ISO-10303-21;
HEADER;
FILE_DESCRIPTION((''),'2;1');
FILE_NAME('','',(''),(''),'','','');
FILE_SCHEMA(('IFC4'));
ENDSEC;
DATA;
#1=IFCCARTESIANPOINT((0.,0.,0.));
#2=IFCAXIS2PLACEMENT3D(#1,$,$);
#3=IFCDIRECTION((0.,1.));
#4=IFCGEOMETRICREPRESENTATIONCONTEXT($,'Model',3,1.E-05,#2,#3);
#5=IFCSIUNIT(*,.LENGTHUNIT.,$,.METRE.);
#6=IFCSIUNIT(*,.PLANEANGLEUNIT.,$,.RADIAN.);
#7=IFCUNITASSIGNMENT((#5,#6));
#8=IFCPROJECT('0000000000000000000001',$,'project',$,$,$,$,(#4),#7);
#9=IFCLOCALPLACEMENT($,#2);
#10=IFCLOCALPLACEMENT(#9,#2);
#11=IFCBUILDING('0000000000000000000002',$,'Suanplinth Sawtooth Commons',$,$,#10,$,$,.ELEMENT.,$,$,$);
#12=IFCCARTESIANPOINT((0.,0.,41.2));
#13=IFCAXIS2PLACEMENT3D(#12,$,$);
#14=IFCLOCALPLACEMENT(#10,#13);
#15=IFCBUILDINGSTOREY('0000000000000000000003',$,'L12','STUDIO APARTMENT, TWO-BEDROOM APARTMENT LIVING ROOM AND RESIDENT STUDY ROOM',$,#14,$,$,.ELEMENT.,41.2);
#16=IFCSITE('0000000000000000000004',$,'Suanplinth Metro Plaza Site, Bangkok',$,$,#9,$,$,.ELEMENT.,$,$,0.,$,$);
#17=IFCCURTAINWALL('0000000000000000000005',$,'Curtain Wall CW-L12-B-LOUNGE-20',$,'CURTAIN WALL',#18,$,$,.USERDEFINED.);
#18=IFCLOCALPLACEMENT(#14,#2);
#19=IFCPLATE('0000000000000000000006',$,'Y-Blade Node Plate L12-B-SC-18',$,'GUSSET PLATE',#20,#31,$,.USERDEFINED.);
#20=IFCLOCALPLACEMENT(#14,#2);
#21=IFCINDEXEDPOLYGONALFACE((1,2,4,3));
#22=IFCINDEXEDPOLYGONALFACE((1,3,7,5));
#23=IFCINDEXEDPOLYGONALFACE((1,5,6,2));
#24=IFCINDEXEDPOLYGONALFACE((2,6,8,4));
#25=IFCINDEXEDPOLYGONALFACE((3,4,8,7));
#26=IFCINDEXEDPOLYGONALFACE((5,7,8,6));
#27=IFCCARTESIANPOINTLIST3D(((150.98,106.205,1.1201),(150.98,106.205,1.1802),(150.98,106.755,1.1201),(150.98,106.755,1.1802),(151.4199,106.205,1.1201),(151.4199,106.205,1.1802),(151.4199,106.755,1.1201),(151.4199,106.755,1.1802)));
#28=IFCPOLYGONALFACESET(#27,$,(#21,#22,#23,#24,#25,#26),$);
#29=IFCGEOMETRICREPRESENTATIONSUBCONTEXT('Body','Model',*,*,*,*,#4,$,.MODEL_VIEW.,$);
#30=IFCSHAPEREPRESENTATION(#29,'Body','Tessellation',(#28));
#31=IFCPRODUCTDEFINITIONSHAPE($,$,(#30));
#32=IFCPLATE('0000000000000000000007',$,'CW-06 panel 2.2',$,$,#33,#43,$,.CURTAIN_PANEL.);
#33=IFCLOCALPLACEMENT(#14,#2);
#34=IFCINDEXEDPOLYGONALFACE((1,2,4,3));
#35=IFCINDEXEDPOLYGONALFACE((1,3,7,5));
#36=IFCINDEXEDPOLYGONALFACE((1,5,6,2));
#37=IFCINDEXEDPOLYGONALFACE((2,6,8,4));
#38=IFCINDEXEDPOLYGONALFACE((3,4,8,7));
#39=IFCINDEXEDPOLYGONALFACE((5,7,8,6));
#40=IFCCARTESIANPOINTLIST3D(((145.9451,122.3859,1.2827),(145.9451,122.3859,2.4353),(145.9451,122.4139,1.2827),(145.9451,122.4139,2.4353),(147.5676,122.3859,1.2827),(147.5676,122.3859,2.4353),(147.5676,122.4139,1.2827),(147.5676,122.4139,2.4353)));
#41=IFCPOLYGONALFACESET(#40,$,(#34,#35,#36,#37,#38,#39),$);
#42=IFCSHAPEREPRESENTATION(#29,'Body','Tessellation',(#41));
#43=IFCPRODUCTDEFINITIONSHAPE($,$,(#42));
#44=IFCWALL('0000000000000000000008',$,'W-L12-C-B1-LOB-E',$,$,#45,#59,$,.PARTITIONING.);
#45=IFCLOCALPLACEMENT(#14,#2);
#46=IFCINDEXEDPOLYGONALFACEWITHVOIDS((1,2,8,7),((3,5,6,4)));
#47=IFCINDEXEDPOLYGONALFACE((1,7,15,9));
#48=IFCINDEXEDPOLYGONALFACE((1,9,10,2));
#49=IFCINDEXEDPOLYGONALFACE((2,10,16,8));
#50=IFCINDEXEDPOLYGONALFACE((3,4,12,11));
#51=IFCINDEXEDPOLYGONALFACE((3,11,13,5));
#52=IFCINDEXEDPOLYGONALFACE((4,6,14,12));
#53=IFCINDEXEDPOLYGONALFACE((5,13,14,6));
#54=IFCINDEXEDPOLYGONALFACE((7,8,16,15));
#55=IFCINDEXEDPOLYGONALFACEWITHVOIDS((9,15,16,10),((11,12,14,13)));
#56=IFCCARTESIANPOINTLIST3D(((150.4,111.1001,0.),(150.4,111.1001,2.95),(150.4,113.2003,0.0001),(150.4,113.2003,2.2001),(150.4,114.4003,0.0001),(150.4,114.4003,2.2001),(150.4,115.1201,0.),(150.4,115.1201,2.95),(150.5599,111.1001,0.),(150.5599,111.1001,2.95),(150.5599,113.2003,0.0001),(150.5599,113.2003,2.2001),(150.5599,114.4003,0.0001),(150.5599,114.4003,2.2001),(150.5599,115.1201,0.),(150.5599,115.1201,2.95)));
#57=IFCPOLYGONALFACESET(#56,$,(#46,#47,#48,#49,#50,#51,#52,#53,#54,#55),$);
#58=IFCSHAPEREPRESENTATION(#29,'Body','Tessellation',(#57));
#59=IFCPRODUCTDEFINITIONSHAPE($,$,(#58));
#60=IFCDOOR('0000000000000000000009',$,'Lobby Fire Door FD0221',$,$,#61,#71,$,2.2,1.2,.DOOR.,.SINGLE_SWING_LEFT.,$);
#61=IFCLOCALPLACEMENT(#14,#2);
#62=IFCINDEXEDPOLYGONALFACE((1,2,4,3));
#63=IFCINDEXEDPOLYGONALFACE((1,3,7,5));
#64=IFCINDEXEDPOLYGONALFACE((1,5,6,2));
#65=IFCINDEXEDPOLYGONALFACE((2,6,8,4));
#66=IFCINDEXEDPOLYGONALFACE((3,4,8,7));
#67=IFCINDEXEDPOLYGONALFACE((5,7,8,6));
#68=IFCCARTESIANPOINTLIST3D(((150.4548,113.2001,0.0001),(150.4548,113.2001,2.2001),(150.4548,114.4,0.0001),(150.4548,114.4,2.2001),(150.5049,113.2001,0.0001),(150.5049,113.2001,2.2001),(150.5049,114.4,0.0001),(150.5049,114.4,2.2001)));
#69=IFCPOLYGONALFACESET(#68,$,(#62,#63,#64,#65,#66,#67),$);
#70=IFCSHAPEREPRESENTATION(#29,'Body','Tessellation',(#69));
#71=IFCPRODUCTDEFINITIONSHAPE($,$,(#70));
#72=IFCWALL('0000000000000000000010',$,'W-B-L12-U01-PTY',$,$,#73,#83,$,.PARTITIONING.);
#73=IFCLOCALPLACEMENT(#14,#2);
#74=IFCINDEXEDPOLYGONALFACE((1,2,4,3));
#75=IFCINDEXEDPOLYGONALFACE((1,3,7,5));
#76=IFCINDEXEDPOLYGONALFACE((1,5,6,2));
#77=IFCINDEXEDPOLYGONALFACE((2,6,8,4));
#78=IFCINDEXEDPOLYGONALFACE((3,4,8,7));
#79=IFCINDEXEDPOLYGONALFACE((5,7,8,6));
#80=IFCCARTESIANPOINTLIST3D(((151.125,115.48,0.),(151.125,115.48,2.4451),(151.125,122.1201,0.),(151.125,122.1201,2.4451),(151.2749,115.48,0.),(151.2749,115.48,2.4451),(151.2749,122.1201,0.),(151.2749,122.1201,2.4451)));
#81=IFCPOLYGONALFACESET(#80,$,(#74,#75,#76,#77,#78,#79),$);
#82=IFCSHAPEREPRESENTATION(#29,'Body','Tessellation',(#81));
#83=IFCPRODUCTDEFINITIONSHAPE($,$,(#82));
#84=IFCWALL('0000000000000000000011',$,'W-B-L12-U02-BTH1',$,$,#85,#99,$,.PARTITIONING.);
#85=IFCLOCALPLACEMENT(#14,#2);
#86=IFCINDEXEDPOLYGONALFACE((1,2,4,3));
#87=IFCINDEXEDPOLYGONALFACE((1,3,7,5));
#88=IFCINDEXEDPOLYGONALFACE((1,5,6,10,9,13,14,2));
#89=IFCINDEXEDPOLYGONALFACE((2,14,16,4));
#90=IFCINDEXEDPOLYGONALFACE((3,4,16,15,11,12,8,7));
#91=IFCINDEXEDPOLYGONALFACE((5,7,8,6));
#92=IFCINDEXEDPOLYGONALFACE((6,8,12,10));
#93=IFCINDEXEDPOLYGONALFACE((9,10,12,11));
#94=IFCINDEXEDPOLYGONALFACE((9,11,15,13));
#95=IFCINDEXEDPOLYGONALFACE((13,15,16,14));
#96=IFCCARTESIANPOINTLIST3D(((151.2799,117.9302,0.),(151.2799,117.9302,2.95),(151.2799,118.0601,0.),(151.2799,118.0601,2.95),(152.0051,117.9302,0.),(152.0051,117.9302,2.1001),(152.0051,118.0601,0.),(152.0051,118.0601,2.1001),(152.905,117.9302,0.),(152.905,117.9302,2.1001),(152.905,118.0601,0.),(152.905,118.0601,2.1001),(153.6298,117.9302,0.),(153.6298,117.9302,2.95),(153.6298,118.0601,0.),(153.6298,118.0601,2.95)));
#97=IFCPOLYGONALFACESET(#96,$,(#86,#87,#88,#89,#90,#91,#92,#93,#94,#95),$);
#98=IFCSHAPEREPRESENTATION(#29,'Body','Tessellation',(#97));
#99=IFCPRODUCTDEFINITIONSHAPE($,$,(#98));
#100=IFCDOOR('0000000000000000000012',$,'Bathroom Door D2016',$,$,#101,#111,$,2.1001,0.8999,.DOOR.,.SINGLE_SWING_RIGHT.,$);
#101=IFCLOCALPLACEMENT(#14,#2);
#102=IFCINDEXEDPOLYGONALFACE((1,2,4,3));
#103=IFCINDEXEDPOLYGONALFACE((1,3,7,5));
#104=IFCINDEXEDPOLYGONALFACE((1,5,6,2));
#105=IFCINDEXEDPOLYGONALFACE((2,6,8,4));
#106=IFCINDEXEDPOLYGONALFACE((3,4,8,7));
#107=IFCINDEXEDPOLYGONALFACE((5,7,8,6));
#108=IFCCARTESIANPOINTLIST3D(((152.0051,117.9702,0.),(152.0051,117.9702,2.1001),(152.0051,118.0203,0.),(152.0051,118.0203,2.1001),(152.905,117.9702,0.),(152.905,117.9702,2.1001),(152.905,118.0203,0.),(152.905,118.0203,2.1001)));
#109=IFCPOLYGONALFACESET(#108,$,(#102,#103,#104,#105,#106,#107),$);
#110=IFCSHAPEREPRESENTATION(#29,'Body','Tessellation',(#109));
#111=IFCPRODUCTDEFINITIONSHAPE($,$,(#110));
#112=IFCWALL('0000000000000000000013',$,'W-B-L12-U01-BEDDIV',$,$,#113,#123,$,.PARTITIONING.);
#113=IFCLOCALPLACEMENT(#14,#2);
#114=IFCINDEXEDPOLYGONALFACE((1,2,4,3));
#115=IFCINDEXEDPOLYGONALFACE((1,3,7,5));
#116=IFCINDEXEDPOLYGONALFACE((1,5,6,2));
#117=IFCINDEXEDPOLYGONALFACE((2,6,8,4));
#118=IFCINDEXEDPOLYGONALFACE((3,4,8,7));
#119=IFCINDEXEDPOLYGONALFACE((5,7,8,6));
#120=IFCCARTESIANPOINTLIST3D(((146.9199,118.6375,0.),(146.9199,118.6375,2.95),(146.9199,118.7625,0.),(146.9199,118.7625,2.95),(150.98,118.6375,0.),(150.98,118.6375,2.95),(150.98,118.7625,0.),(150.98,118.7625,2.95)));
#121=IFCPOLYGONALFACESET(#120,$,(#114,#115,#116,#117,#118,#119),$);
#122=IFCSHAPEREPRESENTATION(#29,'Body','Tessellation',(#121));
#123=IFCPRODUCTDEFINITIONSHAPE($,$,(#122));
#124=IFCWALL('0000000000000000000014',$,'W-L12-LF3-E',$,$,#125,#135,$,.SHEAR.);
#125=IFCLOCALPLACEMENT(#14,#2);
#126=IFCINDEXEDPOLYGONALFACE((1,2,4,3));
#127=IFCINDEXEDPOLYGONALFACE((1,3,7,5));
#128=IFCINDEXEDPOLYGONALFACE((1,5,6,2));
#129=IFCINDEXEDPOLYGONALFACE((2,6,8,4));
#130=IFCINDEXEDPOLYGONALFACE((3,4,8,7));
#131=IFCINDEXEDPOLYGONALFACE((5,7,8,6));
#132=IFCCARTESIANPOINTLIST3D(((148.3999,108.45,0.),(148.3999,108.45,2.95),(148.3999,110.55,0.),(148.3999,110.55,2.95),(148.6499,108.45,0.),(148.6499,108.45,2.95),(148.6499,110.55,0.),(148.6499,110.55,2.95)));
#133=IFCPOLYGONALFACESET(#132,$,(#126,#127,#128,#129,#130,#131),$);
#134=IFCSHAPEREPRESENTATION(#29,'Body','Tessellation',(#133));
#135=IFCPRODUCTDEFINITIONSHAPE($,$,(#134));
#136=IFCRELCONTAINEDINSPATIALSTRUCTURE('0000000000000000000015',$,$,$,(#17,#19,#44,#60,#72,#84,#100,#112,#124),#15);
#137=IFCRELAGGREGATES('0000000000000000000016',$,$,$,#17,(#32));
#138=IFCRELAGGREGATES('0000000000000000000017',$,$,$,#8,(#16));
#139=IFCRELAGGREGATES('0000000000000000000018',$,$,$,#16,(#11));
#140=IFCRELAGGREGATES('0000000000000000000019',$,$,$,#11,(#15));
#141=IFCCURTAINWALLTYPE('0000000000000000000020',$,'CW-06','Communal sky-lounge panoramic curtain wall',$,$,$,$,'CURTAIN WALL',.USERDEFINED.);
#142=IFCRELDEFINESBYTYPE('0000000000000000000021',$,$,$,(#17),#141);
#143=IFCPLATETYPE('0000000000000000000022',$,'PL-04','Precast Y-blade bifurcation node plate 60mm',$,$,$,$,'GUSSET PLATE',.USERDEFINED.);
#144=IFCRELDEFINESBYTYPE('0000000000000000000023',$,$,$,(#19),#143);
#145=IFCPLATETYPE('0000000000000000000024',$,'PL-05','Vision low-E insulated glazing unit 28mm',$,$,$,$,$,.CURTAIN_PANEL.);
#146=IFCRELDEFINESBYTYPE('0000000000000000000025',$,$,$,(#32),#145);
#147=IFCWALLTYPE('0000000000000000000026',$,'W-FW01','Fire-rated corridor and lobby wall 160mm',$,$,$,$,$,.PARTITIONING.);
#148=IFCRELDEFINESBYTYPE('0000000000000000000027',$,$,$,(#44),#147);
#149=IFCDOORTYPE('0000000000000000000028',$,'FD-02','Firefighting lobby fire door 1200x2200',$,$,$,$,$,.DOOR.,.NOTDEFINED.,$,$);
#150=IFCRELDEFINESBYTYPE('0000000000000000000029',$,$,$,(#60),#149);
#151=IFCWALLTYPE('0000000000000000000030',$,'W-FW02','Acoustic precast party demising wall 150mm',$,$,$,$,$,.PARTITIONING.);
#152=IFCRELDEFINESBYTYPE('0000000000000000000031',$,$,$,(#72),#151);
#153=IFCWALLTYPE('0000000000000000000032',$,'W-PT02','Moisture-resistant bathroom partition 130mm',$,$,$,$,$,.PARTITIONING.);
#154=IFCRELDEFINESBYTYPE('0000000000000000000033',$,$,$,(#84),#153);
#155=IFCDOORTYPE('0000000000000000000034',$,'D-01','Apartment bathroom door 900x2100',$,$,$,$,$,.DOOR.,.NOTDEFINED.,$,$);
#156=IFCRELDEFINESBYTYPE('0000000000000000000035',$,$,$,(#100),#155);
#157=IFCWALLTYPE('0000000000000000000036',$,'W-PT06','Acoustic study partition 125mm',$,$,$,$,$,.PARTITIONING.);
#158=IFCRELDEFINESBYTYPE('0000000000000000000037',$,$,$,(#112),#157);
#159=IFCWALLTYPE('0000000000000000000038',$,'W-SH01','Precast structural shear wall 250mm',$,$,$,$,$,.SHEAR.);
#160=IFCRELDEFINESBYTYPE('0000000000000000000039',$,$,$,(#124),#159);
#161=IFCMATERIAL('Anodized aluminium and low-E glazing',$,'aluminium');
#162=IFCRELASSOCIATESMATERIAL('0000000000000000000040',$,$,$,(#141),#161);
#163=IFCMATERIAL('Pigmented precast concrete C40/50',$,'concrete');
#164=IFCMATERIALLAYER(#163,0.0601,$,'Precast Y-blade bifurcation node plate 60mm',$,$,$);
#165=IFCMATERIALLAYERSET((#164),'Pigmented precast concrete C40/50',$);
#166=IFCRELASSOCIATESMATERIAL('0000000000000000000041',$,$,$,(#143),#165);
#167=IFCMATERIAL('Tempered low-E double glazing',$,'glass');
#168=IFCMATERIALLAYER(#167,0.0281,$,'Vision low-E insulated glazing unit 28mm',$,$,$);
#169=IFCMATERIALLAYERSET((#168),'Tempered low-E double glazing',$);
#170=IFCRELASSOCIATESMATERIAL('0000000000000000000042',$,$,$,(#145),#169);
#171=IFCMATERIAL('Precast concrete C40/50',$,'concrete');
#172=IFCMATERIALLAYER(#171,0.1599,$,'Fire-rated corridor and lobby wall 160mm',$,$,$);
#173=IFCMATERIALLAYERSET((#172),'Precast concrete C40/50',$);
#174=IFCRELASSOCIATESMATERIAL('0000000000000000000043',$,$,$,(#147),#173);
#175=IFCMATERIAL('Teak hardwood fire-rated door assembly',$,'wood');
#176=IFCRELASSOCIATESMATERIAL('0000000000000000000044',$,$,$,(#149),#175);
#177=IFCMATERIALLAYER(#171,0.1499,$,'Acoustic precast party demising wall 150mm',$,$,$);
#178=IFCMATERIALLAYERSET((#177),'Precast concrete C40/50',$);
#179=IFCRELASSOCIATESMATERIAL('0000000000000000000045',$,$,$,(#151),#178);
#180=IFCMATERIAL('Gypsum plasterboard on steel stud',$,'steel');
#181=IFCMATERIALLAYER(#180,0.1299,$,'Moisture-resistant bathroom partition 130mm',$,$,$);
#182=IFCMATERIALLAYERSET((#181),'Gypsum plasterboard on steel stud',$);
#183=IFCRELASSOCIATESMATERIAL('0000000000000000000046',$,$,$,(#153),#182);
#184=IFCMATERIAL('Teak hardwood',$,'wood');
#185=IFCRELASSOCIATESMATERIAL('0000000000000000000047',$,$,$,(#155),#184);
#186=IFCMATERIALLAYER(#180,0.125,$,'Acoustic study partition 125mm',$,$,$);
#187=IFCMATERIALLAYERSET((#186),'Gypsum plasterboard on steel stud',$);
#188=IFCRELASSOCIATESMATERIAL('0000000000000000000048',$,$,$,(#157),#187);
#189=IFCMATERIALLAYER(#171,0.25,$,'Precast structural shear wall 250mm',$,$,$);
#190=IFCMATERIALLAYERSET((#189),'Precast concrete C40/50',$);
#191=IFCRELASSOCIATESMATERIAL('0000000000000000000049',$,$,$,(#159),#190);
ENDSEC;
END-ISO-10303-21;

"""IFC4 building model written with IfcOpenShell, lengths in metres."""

from ifc_helpers import new_model, si_unit, direction, frame, frame_2d, origin, origin_2d, place, context, subcontext, project, spatial, rectangle, extrude, material, layer, layer_set, type_object, element, fill, aggregate, save


model = new_model("IFC4")

# Units and contexts
model_context = context("Model", 3, precision=1e-05, world=origin(), true_north=direction((0.0, 1.0)))
body_context = subcontext(model_context, "Body", "Model", "MODEL_VIEW")
ifc_project = project(units=[si_unit("LENGTHUNIT", "METRE"), si_unit("PLANEANGLEUNIT", "RADIAN")], contexts=[model_context])

# Site, building, storey
site_placement = place(None, origin())
site = spatial("IfcSite", under=ifc_project, at=site_placement, Name="Suanplinth Metro Plaza Site, Bangkok", CompositionType="ELEMENT", RefElevation=0.0)
building_placement = place(site_placement, origin())
building = spatial("IfcBuilding", under=site, at=building_placement, Name="Suanplinth Sawtooth Commons", CompositionType="ELEMENT")
storey_placement = place(building_placement, frame((0.0, 0.0, 41.2)))
storey = spatial("IfcBuildingStorey", under=building, at=storey_placement, Name="L12", Description="STUDIO APARTMENT, TWO-BEDROOM APARTMENT LIVING ROOM AND RESIDENT STUDY ROOM", CompositionType="ELEMENT", Elevation=41.2)

# Shared definitions
ifc_material_1 = material(Name="Precast concrete C40/50", Category="concrete")

# Shared definitions
ifc_material_2 = material(Name="Pigmented precast concrete C40/50", Category="concrete")

# Curtain wall
ifc_material_3 = material(Name="Anodized aluminium and low-E glazing", Category="aluminium")
curtain_wall_type = type_object("IfcCurtainWallType", Name="CW-06", Description="Communal sky-lounge panoramic curtain wall", ElementType="CURTAIN WALL", PredefinedType="USERDEFINED", material=ifc_material_3)
curtain_wall_placement = place(storey_placement, origin())
curtain_wall = element("IfcCurtainWall", 1, at=curtain_wall_placement, inside=storey, type_object=curtain_wall_type, Name="Curtain Wall CW-L12-B-LOUNGE-20", ObjectType="CURTAIN WALL", PredefinedType="USERDEFINED")

# Plate
ifc_layer_1 = layer(ifc_material_2, 0.0601, Name="Precast Y-blade bifurcation node plate 60mm")
ifc_layer_set_1 = layer_set([ifc_layer_1], Name="Pigmented precast concrete C40/50")
plate_type_1 = type_object("IfcPlateType", Name="PL-04", Description="Precast Y-blade bifurcation node plate 60mm", ElementType="GUSSET PLATE", PredefinedType="USERDEFINED", material=ifc_layer_set_1)
for number, where, z_axis, x_axis, name in (
    (2, (151.2, 106.48, 1.1201), (0.0, 0.0, 1.0), (1.0, 0.0, 0.0), "Y-Blade Node Plate L12-B-SC-18"),
):
    element("IfcPlate", number, at=place(storey_placement, frame(where, z_axis=z_axis, x_axis=x_axis)), inside=storey, type_object=plate_type_1, Name=name, ObjectType="GUSSET PLATE", PredefinedType="USERDEFINED", context=body_context, shape_type="SweptSolid", body=[
        extrude(rectangle(XDim=0.4399, YDim=0.55, at=origin_2d()), origin(), (0.0, 0.0, 1.0), 0.0601),
    ])

# Plate
ifc_material_4 = material(Name="Tempered low-E double glazing", Category="glass")
ifc_layer_2 = layer(ifc_material_4, 0.0281, Name="Vision low-E insulated glazing unit 28mm")
ifc_layer_set_2 = layer_set([ifc_layer_2], Name="Tempered low-E double glazing")
plate_type_2 = type_object("IfcPlateType", Name="PL-05", Description="Vision low-E insulated glazing unit 28mm", PredefinedType="CURTAIN_PANEL", material=ifc_layer_set_2)
plate_placement = place(storey_placement, frame((146.7563, 122.3999, 1.2827), z_axis=(0.0, 0.0, 1.0), x_axis=(1.0, 0.0, 0.0)))
plate = element("IfcPlate", 3, at=plate_placement, type_object=plate_type_2, Name="CW-06 panel 2.2", PredefinedType="CURTAIN_PANEL", context=body_context, shape_type="SweptSolid", body=[
    extrude(rectangle(XDim=1.6226, YDim=0.0281, at=origin_2d()), origin(), (0.0, 0.0, 1.0), 1.1526),
])
aggregate(curtain_wall, [plate])

# Wall, opening, door
ifc_layer_3 = layer(ifc_material_1, 0.1599, Name="Fire-rated corridor and lobby wall 160mm")
ifc_layer_set_3 = layer_set([ifc_layer_3], Name="Precast concrete C40/50")
wall_type_1 = type_object("IfcWallType", Name="W-FW01", Description="Fire-rated corridor and lobby wall 160mm", PredefinedType="PARTITIONING", material=ifc_layer_set_3)
wall_1_placement = place(storey_placement, frame((150.48, 111.1001, 0.0), z_axis=(0.0, 0.0, 1.0), x_axis=(0.0, 1.0, 0.0)))
wall_1 = element("IfcWall", 4, at=wall_1_placement, inside=storey, type_object=wall_type_1, Name="W-L12-C-B1-LOB-E", PredefinedType="PARTITIONING", context=body_context, shape_type="SweptSolid", body=[
    extrude(rectangle(XDim=4.02, YDim=0.1599, at=frame_2d((2.01, 0.0))), origin(), (0.0, 0.0, 1.0), 2.95),
])
opening_1_placement = place(wall_1_placement, frame((2.1001, 0.0, 0.0)))
opening_1 = element("IfcOpeningElement", 5, at=opening_1_placement, cuts=wall_1, PredefinedType="OPENING", context=body_context, shape_type="SweptSolid", body=[
    extrude(rectangle(XDim=1.2, YDim=2.2, at=frame_2d((0.6001, 1.1001))), frame((0.0, 0.0947, 0.0), z_axis=(0.0, -1.0, 0.0), x_axis=(1.0, 0.0, 0.0)), (0.0, 0.0, 1.0), 0.1897),
])
ifc_material_5 = material(Name="Teak hardwood fire-rated door assembly", Category="wood")
door_type_1 = type_object("IfcDoorType", Name="FD-02", Description="Firefighting lobby fire door 1200x2200", OperationType="NOTDEFINED", PredefinedType="DOOR", material=ifc_material_5)
door_1_placement = place(opening_1_placement, frame((1.2, 0.0, 0.0), z_axis=(0.0, 0.0, 1.0), x_axis=(-1.0, 0.0, 0.0)))
door_1 = element("IfcDoor", 6, at=door_1_placement, inside=storey, type_object=door_type_1, Name="Lobby Fire Door FD0221", OperationType="SINGLE_SWING_LEFT", OverallHeight=2.2, OverallWidth=1.2, PredefinedType="DOOR", context=body_context, shape_type="SweptSolid", body=[
    extrude(rectangle(XDim=1.2, YDim=2.2, at=frame_2d((0.6001, 1.1001))), frame((0.0, 0.0249, 0.0), z_axis=(0.0, -1.0, 0.0), x_axis=(1.0, 0.0, 0.0)), (0.0, 0.0, 1.0), 0.05),
])
fill(opening_1, door_1)

# Wall
ifc_layer_4 = layer(ifc_material_1, 0.1499, Name="Acoustic precast party demising wall 150mm")
ifc_layer_set_4 = layer_set([ifc_layer_4], Name="Precast concrete C40/50")
wall_type_2 = type_object("IfcWallType", Name="W-FW02", Description="Acoustic precast party demising wall 150mm", PredefinedType="PARTITIONING", material=ifc_layer_set_4)
wall_2_placement = place(storey_placement, frame((151.2, 115.48, 0.0), z_axis=(0.0, 0.0, 1.0), x_axis=(0.0, 1.0, 0.0)))
element("IfcWall", 7, at=wall_2_placement, inside=storey, type_object=wall_type_2, Name="W-B-L12-U01-PTY", PredefinedType="PARTITIONING", context=body_context, shape_type="SweptSolid", body=[
    extrude(rectangle(XDim=6.6401, YDim=0.1499, at=frame_2d((3.3201, 0.0))), origin(), (0.0, 0.0, 1.0), 2.4451),
])

# Wall, opening, door
ifc_material_6 = material(Name="Gypsum plasterboard on steel stud", Category="steel")
ifc_layer_5 = layer(ifc_material_6, 0.1299, Name="Moisture-resistant bathroom partition 130mm")
ifc_layer_set_5 = layer_set([ifc_layer_5], Name="Gypsum plasterboard on steel stud")
wall_type_3 = type_object("IfcWallType", Name="W-PT02", Description="Moisture-resistant bathroom partition 130mm", PredefinedType="PARTITIONING", material=ifc_layer_set_5)
wall_3_placement = place(storey_placement, frame((151.28, 117.9951, 0.0), z_axis=(0.0, 0.0, 1.0), x_axis=(1.0, 0.0, 0.0)))
wall_3 = element("IfcWall", 8, at=wall_3_placement, inside=storey, type_object=wall_type_3, Name="W-B-L12-U02-BTH1", PredefinedType="PARTITIONING", context=body_context, shape_type="SweptSolid", body=[
    extrude(rectangle(XDim=2.3499, YDim=0.1299, at=frame_2d((1.1748, 0.0))), origin(), (0.0, 0.0, 1.0), 2.95),
])
opening_2_placement = place(wall_3_placement, frame((0.7251, 0.0, 0.0)))
opening_2 = element("IfcOpeningElement", 9, at=opening_2_placement, cuts=wall_3, PredefinedType="OPENING", context=body_context, shape_type="SweptSolid", body=[
    extrude(rectangle(XDim=0.8999, YDim=2.1001, at=frame_2d((0.45, 1.05))), frame((0.0, 0.0798, 0.0), z_axis=(0.0, -1.0, 0.0), x_axis=(1.0, 0.0, 0.0)), (0.0, 0.0, 1.0), 0.1597),
])
ifc_material_7 = material(Name="Teak hardwood", Category="wood")
door_type_2 = type_object("IfcDoorType", Name="D-01", Description="Apartment bathroom door 900x2100", OperationType="NOTDEFINED", PredefinedType="DOOR", material=ifc_material_7)
door_2_placement = place(opening_2_placement, frame((0.8999, 0.0, 0.0), z_axis=(0.0, 0.0, 1.0), x_axis=(-1.0, 0.0, 0.0)))
door_2 = element("IfcDoor", 10, at=door_2_placement, inside=storey, type_object=door_type_2, Name="Bathroom Door D2016", OperationType="SINGLE_SWING_RIGHT", OverallHeight=2.1001, OverallWidth=0.8999, PredefinedType="DOOR", context=body_context, shape_type="SweptSolid", body=[
    extrude(rectangle(XDim=0.8999, YDim=2.1001, at=frame_2d((0.45, 1.05))), frame((0.0, 0.0249, 0.0), z_axis=(0.0, -1.0, 0.0), x_axis=(1.0, 0.0, 0.0)), (0.0, 0.0, 1.0), 0.05),
])
fill(opening_2, door_2)

# Walls
ifc_layer_6 = layer(ifc_material_6, 0.125, Name="Acoustic study partition 125mm")
ifc_layer_set_6 = layer_set([ifc_layer_6], Name="Gypsum plasterboard on steel stud")
wall_type_4 = type_object("IfcWallType", Name="W-PT06", Description="Acoustic study partition 125mm", PredefinedType="PARTITIONING", material=ifc_layer_set_6)
wall_4_placement = place(storey_placement, frame((146.9199, 118.7, 0.0), z_axis=(0.0, 0.0, 1.0), x_axis=(1.0, 0.0, 0.0)))
element("IfcWall", 11, at=wall_4_placement, inside=storey, type_object=wall_type_4, Name="W-B-L12-U01-BEDDIV", PredefinedType="PARTITIONING", context=body_context, shape_type="SweptSolid", body=[
    extrude(rectangle(XDim=4.0601, YDim=0.125, at=frame_2d((2.03, 0.0))), origin(), (0.0, 0.0, 1.0), 2.95),
])
ifc_layer_7 = layer(ifc_material_1, 0.25, Name="Precast structural shear wall 250mm")
ifc_layer_set_7 = layer_set([ifc_layer_7], Name="Precast concrete C40/50")
wall_type_5 = type_object("IfcWallType", Name="W-SH01", Description="Precast structural shear wall 250mm", PredefinedType="SHEAR", material=ifc_layer_set_7)
wall_5_placement = place(storey_placement, frame((148.5249, 108.45, 0.0), z_axis=(0.0, 0.0, 1.0), x_axis=(0.0, 1.0, 0.0)))
element("IfcWall", 12, at=wall_5_placement, inside=storey, type_object=wall_type_5, Name="W-L12-LF3-E", PredefinedType="SHEAR", context=body_context, shape_type="SweptSolid", body=[
    extrude(rectangle(XDim=2.1001, YDim=0.25, at=frame_2d((1.05, 0.0))), origin(), (0.0, 0.0, 1.0), 2.95),
])

save(model, "model.ifc")
